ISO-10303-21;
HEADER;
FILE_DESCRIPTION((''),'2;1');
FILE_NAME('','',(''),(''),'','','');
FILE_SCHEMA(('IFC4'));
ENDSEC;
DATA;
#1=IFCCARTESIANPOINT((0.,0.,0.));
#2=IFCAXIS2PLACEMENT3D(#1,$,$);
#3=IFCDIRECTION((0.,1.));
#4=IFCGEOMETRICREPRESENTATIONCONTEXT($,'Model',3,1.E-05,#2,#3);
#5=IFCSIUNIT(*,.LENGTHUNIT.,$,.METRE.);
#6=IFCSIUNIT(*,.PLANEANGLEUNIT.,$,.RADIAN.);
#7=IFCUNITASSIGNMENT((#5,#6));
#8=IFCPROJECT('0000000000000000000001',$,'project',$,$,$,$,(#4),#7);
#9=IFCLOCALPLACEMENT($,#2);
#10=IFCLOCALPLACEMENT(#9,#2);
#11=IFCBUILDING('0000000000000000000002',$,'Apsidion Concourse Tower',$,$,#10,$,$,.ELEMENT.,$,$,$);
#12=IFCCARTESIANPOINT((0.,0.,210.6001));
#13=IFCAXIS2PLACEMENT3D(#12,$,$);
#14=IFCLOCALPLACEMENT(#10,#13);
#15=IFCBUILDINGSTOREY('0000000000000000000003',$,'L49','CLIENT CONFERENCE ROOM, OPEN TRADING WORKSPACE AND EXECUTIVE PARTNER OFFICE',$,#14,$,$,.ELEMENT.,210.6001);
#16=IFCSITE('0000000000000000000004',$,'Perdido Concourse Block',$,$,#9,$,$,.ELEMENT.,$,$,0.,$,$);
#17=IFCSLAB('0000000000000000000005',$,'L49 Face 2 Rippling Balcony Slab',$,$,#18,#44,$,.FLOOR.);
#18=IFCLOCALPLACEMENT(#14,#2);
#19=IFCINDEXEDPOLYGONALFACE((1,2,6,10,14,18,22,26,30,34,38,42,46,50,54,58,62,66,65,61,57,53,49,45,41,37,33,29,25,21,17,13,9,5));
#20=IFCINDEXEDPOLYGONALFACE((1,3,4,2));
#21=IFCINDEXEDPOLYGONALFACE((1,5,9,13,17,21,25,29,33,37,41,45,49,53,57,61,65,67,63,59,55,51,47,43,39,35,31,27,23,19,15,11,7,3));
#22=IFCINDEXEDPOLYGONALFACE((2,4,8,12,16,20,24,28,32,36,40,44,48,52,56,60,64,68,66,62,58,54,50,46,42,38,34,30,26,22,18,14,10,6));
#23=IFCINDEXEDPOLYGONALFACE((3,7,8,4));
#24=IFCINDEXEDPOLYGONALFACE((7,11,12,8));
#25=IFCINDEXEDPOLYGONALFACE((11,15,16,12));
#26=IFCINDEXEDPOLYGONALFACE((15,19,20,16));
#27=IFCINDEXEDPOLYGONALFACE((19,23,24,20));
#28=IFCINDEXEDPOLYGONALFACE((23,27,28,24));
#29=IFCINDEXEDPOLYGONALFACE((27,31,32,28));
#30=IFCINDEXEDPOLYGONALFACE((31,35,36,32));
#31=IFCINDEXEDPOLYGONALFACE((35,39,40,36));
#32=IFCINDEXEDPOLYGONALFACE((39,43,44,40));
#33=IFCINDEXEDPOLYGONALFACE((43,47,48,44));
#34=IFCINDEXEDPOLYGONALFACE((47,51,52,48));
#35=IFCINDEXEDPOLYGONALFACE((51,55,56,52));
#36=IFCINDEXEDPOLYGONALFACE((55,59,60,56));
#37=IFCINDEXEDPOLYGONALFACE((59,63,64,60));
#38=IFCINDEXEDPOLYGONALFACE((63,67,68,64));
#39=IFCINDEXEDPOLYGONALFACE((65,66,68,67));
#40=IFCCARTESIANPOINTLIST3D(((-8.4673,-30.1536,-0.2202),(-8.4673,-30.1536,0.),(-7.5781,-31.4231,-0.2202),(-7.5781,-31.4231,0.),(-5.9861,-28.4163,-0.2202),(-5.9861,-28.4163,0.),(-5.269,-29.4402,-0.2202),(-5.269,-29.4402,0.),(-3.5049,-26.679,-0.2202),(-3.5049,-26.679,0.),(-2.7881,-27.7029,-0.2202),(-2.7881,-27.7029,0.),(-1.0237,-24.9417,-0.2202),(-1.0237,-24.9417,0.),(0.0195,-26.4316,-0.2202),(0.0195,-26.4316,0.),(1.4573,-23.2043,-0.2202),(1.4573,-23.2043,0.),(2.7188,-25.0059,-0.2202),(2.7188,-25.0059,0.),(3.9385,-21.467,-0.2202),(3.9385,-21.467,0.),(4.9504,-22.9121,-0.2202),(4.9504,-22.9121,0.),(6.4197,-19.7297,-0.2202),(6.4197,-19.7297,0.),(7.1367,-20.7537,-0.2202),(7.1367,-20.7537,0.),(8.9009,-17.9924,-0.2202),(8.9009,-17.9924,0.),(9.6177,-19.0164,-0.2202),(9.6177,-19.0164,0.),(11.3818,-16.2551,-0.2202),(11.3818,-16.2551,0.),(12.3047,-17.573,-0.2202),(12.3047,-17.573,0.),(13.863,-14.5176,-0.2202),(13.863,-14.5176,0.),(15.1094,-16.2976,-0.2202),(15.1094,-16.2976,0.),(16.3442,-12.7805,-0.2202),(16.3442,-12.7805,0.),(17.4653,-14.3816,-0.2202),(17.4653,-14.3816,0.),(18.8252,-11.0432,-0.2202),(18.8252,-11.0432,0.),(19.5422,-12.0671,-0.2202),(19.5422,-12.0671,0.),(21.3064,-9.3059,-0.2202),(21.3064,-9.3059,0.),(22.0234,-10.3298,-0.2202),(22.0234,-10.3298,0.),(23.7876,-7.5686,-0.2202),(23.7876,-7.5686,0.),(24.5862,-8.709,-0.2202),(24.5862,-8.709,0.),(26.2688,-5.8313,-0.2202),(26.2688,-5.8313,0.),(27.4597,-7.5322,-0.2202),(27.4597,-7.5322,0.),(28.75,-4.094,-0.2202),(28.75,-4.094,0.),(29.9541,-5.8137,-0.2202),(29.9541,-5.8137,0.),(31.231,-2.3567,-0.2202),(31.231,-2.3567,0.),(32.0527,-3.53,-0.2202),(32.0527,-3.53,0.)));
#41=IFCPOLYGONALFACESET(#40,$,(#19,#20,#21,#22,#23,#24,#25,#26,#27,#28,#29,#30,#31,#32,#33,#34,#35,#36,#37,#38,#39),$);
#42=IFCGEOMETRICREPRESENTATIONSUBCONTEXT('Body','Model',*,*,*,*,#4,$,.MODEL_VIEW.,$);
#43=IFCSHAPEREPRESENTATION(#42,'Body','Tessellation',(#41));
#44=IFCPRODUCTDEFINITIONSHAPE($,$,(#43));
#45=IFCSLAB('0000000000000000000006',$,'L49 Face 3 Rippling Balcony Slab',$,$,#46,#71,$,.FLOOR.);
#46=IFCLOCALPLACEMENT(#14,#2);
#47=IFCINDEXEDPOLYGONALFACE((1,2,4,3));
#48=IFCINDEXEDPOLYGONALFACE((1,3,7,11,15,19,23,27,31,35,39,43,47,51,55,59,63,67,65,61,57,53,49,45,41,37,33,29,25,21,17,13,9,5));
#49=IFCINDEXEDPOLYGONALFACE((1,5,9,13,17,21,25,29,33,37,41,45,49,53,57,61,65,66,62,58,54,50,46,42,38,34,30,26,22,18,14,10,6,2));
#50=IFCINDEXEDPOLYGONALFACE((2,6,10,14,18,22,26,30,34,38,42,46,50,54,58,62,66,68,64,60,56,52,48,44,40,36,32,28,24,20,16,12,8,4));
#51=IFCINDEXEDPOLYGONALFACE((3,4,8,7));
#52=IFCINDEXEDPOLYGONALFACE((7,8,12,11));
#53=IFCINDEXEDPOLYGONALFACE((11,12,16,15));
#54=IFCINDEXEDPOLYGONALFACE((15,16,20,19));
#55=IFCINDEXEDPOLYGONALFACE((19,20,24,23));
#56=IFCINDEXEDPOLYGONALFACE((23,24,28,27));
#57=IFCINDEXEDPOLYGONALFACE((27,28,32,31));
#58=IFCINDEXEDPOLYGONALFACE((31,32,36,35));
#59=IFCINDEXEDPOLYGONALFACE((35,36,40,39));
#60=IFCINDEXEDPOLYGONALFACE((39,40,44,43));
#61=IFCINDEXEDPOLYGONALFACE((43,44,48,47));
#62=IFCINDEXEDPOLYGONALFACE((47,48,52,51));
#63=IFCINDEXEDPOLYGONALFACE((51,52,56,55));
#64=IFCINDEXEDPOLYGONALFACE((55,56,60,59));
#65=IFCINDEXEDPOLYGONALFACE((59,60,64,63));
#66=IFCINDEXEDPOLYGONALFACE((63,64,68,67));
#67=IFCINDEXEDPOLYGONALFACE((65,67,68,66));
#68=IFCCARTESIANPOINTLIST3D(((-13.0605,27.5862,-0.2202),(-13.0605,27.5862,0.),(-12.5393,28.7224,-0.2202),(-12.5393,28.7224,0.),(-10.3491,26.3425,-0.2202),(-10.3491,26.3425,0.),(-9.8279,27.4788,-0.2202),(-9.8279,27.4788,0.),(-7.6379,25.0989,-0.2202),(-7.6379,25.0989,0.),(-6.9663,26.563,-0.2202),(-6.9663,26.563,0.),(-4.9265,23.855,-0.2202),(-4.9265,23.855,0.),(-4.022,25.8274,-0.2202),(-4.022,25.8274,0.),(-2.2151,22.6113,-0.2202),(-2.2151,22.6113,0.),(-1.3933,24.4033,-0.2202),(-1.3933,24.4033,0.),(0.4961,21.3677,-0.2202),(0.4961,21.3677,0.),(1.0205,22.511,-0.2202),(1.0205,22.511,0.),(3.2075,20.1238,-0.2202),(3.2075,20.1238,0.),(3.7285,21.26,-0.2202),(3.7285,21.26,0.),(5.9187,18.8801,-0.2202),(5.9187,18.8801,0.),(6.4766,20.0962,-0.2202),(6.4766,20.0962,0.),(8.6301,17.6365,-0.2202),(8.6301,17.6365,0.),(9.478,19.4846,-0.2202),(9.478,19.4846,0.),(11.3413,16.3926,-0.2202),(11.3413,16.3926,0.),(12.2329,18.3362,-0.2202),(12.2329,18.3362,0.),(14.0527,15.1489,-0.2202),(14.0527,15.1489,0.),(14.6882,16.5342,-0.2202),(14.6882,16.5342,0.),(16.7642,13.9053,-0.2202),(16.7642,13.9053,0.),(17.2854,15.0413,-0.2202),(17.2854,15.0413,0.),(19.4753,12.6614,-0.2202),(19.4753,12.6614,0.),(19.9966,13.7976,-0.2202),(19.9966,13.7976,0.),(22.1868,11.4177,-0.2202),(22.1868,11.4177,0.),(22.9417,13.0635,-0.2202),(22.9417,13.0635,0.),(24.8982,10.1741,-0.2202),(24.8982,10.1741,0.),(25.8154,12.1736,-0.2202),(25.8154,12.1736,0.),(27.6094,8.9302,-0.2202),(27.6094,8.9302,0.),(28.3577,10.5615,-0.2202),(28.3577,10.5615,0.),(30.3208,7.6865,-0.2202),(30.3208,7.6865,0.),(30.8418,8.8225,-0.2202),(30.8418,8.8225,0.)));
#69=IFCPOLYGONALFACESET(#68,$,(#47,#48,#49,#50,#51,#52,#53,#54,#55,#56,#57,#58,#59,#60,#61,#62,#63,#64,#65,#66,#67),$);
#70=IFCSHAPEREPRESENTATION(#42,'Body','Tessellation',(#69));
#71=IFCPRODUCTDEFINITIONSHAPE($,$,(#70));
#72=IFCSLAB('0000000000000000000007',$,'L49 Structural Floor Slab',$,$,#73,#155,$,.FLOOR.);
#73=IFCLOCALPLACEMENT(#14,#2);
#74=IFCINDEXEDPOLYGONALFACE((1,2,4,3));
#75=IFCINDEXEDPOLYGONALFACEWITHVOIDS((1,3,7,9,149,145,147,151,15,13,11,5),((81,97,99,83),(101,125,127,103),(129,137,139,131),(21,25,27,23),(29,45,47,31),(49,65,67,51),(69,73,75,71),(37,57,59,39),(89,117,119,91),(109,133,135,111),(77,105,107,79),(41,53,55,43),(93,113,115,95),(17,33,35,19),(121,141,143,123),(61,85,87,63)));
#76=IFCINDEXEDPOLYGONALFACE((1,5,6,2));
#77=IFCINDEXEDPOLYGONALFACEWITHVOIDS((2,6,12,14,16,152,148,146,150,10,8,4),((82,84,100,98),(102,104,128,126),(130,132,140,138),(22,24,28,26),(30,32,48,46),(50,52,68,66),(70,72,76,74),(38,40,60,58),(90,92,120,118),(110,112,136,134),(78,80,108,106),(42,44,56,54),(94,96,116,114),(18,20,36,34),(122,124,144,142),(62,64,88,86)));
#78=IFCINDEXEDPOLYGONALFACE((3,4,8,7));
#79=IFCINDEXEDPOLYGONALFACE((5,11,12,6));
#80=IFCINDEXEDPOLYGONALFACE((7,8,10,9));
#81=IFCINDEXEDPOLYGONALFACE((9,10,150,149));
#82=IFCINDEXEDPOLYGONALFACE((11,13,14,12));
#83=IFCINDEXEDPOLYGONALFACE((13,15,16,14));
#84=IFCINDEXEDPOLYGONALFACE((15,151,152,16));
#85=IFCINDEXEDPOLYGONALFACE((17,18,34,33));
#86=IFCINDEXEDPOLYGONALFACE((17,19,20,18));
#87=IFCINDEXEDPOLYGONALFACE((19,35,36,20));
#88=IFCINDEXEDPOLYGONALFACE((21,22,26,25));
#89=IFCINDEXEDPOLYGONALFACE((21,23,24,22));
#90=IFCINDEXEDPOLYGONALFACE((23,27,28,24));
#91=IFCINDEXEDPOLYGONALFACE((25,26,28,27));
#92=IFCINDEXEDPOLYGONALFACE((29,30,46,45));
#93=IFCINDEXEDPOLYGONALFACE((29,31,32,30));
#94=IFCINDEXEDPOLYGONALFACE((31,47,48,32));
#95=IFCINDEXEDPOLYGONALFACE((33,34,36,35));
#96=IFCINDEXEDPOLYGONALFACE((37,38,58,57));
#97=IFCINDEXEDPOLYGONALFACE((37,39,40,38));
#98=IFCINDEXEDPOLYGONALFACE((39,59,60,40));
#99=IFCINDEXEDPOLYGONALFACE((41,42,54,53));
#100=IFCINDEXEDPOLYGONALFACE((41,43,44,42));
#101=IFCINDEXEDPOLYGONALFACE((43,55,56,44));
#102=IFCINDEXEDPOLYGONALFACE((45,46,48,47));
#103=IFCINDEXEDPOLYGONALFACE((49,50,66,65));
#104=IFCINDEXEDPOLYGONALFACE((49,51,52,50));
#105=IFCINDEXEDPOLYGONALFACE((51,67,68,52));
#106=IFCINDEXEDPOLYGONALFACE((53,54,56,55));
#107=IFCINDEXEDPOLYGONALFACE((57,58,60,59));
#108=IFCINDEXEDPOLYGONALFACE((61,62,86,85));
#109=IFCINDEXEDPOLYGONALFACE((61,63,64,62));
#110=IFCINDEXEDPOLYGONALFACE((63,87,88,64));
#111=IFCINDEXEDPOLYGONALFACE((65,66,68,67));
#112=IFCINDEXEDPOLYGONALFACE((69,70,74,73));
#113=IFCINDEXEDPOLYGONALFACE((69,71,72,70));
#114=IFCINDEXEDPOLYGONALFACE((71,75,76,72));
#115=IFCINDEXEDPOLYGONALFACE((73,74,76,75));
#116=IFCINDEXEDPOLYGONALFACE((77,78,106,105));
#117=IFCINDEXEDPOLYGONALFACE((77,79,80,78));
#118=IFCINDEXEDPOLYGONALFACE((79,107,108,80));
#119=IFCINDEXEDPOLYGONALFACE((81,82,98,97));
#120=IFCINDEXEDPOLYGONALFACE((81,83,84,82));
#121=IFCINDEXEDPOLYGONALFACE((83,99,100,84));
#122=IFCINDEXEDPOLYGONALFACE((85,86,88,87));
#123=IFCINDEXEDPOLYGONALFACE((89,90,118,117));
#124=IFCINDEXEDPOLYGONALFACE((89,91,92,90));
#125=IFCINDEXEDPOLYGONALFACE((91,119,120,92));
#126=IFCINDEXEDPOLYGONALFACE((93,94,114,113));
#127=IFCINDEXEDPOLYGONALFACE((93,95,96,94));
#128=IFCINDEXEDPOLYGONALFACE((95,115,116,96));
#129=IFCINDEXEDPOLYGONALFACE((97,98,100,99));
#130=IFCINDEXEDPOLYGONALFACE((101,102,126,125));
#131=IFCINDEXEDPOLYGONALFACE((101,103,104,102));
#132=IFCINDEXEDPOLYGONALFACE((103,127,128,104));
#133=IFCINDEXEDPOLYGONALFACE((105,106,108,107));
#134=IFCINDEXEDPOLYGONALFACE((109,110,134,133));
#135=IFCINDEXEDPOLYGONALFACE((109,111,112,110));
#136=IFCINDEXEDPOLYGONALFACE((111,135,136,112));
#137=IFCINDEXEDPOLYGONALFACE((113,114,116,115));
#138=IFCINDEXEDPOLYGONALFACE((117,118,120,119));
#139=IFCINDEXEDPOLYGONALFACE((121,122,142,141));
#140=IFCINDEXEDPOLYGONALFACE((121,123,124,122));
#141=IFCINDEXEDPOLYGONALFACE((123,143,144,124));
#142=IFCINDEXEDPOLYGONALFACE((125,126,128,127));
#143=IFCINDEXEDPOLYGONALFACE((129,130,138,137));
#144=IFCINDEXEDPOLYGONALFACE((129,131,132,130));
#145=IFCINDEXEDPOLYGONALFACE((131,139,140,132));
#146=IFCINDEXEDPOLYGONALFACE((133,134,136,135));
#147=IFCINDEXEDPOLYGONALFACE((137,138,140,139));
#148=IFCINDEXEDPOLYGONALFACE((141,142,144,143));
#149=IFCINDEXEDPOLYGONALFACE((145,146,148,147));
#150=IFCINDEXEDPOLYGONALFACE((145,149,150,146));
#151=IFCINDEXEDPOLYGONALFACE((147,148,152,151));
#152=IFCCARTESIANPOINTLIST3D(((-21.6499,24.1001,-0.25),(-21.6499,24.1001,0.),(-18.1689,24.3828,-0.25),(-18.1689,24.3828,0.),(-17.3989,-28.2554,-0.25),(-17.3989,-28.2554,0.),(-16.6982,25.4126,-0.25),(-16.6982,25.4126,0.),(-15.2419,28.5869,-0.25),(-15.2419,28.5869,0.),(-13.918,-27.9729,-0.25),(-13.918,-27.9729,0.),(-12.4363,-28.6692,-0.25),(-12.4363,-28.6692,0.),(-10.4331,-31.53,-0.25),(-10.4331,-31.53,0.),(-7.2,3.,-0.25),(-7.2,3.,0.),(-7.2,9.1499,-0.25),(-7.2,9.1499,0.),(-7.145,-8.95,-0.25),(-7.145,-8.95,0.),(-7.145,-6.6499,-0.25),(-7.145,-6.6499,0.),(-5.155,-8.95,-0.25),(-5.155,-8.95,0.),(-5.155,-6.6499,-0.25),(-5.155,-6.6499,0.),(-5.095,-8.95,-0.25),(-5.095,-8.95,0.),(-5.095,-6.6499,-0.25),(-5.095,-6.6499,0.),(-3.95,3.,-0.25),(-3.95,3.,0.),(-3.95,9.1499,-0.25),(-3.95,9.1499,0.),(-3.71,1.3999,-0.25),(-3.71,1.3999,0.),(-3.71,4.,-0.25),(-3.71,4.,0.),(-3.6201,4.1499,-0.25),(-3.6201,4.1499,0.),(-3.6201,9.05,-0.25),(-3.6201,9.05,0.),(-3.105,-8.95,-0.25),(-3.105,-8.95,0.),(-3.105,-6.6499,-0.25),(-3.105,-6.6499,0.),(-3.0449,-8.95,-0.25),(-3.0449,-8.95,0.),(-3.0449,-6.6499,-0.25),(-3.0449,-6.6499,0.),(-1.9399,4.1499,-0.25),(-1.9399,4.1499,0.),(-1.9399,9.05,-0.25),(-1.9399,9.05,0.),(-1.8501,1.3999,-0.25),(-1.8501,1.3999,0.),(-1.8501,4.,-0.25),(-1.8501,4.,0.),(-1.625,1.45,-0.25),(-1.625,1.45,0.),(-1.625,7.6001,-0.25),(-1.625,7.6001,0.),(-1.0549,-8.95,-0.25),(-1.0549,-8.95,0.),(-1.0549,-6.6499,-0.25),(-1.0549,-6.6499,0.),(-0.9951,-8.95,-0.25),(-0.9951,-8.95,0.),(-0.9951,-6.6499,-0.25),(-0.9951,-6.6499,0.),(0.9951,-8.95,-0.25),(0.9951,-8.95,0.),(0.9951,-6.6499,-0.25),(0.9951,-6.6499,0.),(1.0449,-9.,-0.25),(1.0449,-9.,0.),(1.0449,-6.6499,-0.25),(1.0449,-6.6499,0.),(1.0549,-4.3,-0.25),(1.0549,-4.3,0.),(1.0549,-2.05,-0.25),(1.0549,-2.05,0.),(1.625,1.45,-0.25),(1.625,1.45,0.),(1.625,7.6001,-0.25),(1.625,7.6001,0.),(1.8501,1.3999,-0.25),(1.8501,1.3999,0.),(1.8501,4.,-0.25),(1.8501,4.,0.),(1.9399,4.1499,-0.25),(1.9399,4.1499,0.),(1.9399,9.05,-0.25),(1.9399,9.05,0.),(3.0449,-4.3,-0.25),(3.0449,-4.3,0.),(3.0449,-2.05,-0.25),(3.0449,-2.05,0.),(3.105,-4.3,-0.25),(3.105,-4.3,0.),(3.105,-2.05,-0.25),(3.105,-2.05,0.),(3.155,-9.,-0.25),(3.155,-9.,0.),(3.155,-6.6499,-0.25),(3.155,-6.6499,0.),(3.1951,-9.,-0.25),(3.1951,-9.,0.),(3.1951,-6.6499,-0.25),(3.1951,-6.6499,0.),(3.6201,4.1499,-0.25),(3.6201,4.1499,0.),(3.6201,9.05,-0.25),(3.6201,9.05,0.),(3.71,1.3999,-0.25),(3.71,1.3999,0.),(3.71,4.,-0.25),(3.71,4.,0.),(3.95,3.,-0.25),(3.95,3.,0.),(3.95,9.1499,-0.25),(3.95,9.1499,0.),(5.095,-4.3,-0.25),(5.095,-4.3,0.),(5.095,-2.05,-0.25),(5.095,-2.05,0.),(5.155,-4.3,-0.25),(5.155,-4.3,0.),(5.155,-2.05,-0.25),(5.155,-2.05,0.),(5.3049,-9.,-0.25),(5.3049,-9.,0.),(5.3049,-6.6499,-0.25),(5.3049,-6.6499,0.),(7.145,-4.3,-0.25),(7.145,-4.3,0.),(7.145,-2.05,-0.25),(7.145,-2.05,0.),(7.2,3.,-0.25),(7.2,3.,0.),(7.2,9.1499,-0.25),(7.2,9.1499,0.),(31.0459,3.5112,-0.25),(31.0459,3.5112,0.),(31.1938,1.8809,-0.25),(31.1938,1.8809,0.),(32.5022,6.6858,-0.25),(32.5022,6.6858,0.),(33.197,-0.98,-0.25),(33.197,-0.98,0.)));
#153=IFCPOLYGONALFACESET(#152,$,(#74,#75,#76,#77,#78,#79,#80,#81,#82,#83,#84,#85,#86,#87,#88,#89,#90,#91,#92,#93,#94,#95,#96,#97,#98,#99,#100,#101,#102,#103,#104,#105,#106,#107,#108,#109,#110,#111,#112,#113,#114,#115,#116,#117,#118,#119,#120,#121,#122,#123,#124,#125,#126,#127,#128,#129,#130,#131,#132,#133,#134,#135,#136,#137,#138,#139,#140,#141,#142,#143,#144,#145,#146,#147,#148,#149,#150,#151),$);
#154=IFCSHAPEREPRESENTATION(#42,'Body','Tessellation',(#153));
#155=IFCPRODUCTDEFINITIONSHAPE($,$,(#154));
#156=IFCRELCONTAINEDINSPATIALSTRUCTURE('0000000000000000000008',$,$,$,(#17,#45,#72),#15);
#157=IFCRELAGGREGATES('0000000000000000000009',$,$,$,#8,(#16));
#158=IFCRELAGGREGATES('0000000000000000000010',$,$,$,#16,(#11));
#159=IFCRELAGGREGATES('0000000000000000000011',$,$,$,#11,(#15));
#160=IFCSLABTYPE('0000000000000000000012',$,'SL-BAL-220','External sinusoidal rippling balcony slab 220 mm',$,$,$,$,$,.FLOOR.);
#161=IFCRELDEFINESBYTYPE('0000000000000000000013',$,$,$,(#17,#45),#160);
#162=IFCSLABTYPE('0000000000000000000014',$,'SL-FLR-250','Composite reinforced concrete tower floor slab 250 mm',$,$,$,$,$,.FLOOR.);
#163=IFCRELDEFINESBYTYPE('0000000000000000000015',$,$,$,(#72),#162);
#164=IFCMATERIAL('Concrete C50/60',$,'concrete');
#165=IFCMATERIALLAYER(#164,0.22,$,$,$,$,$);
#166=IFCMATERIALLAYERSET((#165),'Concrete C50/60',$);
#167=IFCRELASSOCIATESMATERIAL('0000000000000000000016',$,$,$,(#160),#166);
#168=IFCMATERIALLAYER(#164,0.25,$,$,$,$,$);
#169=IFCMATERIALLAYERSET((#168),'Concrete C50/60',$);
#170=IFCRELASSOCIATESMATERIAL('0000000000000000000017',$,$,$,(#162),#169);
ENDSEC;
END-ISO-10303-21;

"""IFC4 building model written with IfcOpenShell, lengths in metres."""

from ifc_helpers import new_model, si_unit, direction, frame, origin, place, context, subcontext, project, spatial, polyline, outline, extrude, material, layer, layer_set, type_object, element, save


model = new_model("IFC4")

# Units and contexts
model_context = context("Model", 3, precision=1e-05, world=origin(), true_north=direction((0.0, 1.0)))
body_context = subcontext(model_context, "Body", "Model", "MODEL_VIEW")
ifc_project = project(units=[si_unit("LENGTHUNIT", "METRE"), si_unit("PLANEANGLEUNIT", "RADIAN")], contexts=[model_context])

# Site, building, storey
site_placement = place(None, origin())
site = spatial("IfcSite", under=ifc_project, at=site_placement, Name="Perdido Concourse Block", CompositionType="ELEMENT", RefElevation=0.0)
building_placement = place(site_placement, origin())
building = spatial("IfcBuilding", under=site, at=building_placement, Name="Apsidion Concourse Tower", CompositionType="ELEMENT")
storey_placement = place(building_placement, frame((0.0, 0.0, 210.6001)))
storey = spatial("IfcBuildingStorey", under=building, at=storey_placement, Name="L49", Description="CLIENT CONFERENCE ROOM, OPEN TRADING WORKSPACE AND EXECUTIVE PARTNER OFFICE", CompositionType="ELEMENT", Elevation=210.6001)

# Shared definitions
ifc_material_1 = material(Name="Concrete C50/60", Category="concrete")

# Slabs
ifc_layer_1 = layer(ifc_material_1, 0.22)
ifc_layer_set_1 = layer_set([ifc_layer_1], Name="Concrete C50/60")
slab_type_1 = type_object("IfcSlabType", Name="SL-BAL-220", Description="External sinusoidal rippling balcony slab 220 mm", PredefinedType="FLOOR", material=ifc_layer_set_1)
slab_1_placement = place(storey_placement, frame((0.0, 0.0, -0.2202)))
element("IfcSlab", 1, at=slab_1_placement, inside=storey, type_object=slab_type_1, Name="L49 Face 2 Rippling Balcony Slab", PredefinedType="FLOOR", context=body_context, shape_type="SweptSolid", body=[
    extrude(outline(polyline([(-8.4673, -30.1536), (-5.9861, -28.4163), (-3.5049, -26.679), (-1.0237, -24.9417), (1.4573, -23.2043), (3.9385, -21.467), (6.4197, -19.7297), (8.9009, -17.9924), (11.3818, -16.2551), (13.863, -14.5176), (16.3442, -12.7805), (18.8252, -11.0432), (21.3064, -9.3059), (23.7876, -7.5686), (26.2688, -5.8313), (28.75, -4.094), (31.231, -2.3567), (32.0527, -3.53), (29.9541, -5.8137), (27.4597, -7.5322), (24.5862, -8.709), (22.0234, -10.3298), (19.5422, -12.0671), (17.4653, -14.3816), (15.1094, -16.2976), (12.3047, -17.573), (9.6177, -19.0164), (7.1367, -20.7537), (4.9504, -22.9121), (2.7188, -25.0059), (0.0195, -26.4316), (-2.7881, -27.7029), (-5.269, -29.4402), (-7.5781, -31.4231), (-8.4673, -30.1536)])), origin(), (0.0, 0.0, 1.0), 0.2202),
])
slab_2_placement = place(storey_placement, frame((0.0, 0.0, -0.2202)))
element("IfcSlab", 2, at=slab_2_placement, inside=storey, type_object=slab_type_1, Name="L49 Face 3 Rippling Balcony Slab", PredefinedType="FLOOR", context=body_context, shape_type="SweptSolid", body=[
    extrude(outline(polyline([(30.3208, 7.6865), (27.6094, 8.9302), (24.8982, 10.1741), (22.1868, 11.4177), (19.4753, 12.6614), (16.7642, 13.9053), (14.0527, 15.1489), (11.3413, 16.3926), (8.6301, 17.6365), (5.9187, 18.8801), (3.2075, 20.1238), (0.4961, 21.3677), (-2.2151, 22.6113), (-4.9265, 23.855), (-7.6379, 25.0989), (-10.3491, 26.3425), (-13.0605, 27.5862), (-12.5393, 28.7224), (-9.8279, 27.4788), (-6.9663, 26.563), (-4.022, 25.8274), (-1.3933, 24.4033), (1.0205, 22.511), (3.7285, 21.26), (6.4766, 20.0962), (9.478, 19.4846), (12.2329, 18.3362), (14.6882, 16.5342), (17.2854, 15.0413), (19.9966, 13.7976), (22.9417, 13.0635), (25.8154, 12.1736), (28.3577, 10.5615), (30.8418, 8.8225), (30.3208, 7.6865)])), origin(), (0.0, 0.0, 1.0), 0.2202),
])
ifc_layer_2 = layer(ifc_material_1, 0.25)
ifc_layer_set_2 = layer_set([ifc_layer_2], Name="Concrete C50/60")
slab_type_2 = type_object("IfcSlabType", Name="SL-FLR-250", Description="Composite reinforced concrete tower floor slab 250 mm", PredefinedType="FLOOR", material=ifc_layer_set_2)
slab_3_placement = place(storey_placement, frame((0.0, 0.0, -0.25)))
element("IfcSlab", 3, at=slab_3_placement, inside=storey, type_object=slab_type_2, Name="L49 Structural Floor Slab", PredefinedType="FLOOR", context=body_context, shape_type="SweptSolid", body=[
    extrude(outline(polyline([(-15.2419, 28.5869), (-16.6982, 25.4126), (-18.1689, 24.3828), (-21.6499, 24.1001), (-17.3989, -28.2554), (-13.918, -27.9729), (-12.4363, -28.6692), (-10.4331, -31.53), (33.197, -0.98), (31.1938, 1.8809), (31.0459, 3.5112), (32.5022, 6.6858), (-15.2419, 28.5869)]), holes=[polyline([(-3.95, 3.0), (-3.95, 9.1499), (-7.2, 9.1499), (-7.2, 3.0), (-3.95, 3.0)]), polyline([(7.2, 3.0), (7.2, 9.1499), (3.95, 9.1499), (3.95, 3.0), (7.2, 3.0)]), polyline([(-1.625, 7.6001), (-1.625, 1.45), (1.625, 1.45), (1.625, 7.6001), (-1.625, 7.6001)]), polyline([(1.0549, -4.3), (3.0449, -4.3), (3.0449, -2.05), (1.0549, -2.05), (1.0549, -4.3)]), polyline([(3.105, -4.3), (5.095, -4.3), (5.095, -2.05), (3.105, -2.05), (3.105, -4.3)]), polyline([(5.155, -4.3), (7.145, -4.3), (7.145, -2.05), (5.155, -2.05), (5.155, -4.3)]), polyline([(-7.145, -8.95), (-5.155, -8.95), (-5.155, -6.6499), (-7.145, -6.6499), (-7.145, -8.95)]), polyline([(-5.095, -8.95), (-3.105, -8.95), (-3.105, -6.6499), (-5.095, -6.6499), (-5.095, -8.95)]), polyline([(-3.0449, -8.95), (-1.0549, -8.95), (-1.0549, -6.6499), (-3.0449, -6.6499), (-3.0449, -8.95)]), polyline([(-0.9951, -8.95), (0.9951, -8.95), (0.9951, -6.6499), (-0.9951, -6.6499), (-0.9951, -8.95)]), polyline([(1.0449, -9.0), (3.155, -9.0), (3.155, -6.6499), (1.0449, -6.6499), (1.0449, -9.0)]), polyline([(3.1951, -9.0), (5.3049, -9.0), (5.3049, -6.6499), (3.1951, -6.6499), (3.1951, -9.0)]), polyline([(-3.71, 1.3999), (-1.8501, 1.3999), (-1.8501, 4.0), (-3.71, 4.0), (-3.71, 1.3999)]), polyline([(1.8501, 1.3999), (3.71, 1.3999), (3.71, 4.0), (1.8501, 4.0), (1.8501, 1.3999)]), polyline([(-3.6201, 4.1499), (-1.9399, 4.1499), (-1.9399, 9.05), (-3.6201, 9.05), (-3.6201, 4.1499)]), polyline([(1.9399, 4.1499), (3.6201, 4.1499), (3.6201, 9.05), (1.9399, 9.05), (1.9399, 4.1499)])]), origin(), (0.0, 0.0, 1.0), 0.25),
])

save(model, "model.ifc")
